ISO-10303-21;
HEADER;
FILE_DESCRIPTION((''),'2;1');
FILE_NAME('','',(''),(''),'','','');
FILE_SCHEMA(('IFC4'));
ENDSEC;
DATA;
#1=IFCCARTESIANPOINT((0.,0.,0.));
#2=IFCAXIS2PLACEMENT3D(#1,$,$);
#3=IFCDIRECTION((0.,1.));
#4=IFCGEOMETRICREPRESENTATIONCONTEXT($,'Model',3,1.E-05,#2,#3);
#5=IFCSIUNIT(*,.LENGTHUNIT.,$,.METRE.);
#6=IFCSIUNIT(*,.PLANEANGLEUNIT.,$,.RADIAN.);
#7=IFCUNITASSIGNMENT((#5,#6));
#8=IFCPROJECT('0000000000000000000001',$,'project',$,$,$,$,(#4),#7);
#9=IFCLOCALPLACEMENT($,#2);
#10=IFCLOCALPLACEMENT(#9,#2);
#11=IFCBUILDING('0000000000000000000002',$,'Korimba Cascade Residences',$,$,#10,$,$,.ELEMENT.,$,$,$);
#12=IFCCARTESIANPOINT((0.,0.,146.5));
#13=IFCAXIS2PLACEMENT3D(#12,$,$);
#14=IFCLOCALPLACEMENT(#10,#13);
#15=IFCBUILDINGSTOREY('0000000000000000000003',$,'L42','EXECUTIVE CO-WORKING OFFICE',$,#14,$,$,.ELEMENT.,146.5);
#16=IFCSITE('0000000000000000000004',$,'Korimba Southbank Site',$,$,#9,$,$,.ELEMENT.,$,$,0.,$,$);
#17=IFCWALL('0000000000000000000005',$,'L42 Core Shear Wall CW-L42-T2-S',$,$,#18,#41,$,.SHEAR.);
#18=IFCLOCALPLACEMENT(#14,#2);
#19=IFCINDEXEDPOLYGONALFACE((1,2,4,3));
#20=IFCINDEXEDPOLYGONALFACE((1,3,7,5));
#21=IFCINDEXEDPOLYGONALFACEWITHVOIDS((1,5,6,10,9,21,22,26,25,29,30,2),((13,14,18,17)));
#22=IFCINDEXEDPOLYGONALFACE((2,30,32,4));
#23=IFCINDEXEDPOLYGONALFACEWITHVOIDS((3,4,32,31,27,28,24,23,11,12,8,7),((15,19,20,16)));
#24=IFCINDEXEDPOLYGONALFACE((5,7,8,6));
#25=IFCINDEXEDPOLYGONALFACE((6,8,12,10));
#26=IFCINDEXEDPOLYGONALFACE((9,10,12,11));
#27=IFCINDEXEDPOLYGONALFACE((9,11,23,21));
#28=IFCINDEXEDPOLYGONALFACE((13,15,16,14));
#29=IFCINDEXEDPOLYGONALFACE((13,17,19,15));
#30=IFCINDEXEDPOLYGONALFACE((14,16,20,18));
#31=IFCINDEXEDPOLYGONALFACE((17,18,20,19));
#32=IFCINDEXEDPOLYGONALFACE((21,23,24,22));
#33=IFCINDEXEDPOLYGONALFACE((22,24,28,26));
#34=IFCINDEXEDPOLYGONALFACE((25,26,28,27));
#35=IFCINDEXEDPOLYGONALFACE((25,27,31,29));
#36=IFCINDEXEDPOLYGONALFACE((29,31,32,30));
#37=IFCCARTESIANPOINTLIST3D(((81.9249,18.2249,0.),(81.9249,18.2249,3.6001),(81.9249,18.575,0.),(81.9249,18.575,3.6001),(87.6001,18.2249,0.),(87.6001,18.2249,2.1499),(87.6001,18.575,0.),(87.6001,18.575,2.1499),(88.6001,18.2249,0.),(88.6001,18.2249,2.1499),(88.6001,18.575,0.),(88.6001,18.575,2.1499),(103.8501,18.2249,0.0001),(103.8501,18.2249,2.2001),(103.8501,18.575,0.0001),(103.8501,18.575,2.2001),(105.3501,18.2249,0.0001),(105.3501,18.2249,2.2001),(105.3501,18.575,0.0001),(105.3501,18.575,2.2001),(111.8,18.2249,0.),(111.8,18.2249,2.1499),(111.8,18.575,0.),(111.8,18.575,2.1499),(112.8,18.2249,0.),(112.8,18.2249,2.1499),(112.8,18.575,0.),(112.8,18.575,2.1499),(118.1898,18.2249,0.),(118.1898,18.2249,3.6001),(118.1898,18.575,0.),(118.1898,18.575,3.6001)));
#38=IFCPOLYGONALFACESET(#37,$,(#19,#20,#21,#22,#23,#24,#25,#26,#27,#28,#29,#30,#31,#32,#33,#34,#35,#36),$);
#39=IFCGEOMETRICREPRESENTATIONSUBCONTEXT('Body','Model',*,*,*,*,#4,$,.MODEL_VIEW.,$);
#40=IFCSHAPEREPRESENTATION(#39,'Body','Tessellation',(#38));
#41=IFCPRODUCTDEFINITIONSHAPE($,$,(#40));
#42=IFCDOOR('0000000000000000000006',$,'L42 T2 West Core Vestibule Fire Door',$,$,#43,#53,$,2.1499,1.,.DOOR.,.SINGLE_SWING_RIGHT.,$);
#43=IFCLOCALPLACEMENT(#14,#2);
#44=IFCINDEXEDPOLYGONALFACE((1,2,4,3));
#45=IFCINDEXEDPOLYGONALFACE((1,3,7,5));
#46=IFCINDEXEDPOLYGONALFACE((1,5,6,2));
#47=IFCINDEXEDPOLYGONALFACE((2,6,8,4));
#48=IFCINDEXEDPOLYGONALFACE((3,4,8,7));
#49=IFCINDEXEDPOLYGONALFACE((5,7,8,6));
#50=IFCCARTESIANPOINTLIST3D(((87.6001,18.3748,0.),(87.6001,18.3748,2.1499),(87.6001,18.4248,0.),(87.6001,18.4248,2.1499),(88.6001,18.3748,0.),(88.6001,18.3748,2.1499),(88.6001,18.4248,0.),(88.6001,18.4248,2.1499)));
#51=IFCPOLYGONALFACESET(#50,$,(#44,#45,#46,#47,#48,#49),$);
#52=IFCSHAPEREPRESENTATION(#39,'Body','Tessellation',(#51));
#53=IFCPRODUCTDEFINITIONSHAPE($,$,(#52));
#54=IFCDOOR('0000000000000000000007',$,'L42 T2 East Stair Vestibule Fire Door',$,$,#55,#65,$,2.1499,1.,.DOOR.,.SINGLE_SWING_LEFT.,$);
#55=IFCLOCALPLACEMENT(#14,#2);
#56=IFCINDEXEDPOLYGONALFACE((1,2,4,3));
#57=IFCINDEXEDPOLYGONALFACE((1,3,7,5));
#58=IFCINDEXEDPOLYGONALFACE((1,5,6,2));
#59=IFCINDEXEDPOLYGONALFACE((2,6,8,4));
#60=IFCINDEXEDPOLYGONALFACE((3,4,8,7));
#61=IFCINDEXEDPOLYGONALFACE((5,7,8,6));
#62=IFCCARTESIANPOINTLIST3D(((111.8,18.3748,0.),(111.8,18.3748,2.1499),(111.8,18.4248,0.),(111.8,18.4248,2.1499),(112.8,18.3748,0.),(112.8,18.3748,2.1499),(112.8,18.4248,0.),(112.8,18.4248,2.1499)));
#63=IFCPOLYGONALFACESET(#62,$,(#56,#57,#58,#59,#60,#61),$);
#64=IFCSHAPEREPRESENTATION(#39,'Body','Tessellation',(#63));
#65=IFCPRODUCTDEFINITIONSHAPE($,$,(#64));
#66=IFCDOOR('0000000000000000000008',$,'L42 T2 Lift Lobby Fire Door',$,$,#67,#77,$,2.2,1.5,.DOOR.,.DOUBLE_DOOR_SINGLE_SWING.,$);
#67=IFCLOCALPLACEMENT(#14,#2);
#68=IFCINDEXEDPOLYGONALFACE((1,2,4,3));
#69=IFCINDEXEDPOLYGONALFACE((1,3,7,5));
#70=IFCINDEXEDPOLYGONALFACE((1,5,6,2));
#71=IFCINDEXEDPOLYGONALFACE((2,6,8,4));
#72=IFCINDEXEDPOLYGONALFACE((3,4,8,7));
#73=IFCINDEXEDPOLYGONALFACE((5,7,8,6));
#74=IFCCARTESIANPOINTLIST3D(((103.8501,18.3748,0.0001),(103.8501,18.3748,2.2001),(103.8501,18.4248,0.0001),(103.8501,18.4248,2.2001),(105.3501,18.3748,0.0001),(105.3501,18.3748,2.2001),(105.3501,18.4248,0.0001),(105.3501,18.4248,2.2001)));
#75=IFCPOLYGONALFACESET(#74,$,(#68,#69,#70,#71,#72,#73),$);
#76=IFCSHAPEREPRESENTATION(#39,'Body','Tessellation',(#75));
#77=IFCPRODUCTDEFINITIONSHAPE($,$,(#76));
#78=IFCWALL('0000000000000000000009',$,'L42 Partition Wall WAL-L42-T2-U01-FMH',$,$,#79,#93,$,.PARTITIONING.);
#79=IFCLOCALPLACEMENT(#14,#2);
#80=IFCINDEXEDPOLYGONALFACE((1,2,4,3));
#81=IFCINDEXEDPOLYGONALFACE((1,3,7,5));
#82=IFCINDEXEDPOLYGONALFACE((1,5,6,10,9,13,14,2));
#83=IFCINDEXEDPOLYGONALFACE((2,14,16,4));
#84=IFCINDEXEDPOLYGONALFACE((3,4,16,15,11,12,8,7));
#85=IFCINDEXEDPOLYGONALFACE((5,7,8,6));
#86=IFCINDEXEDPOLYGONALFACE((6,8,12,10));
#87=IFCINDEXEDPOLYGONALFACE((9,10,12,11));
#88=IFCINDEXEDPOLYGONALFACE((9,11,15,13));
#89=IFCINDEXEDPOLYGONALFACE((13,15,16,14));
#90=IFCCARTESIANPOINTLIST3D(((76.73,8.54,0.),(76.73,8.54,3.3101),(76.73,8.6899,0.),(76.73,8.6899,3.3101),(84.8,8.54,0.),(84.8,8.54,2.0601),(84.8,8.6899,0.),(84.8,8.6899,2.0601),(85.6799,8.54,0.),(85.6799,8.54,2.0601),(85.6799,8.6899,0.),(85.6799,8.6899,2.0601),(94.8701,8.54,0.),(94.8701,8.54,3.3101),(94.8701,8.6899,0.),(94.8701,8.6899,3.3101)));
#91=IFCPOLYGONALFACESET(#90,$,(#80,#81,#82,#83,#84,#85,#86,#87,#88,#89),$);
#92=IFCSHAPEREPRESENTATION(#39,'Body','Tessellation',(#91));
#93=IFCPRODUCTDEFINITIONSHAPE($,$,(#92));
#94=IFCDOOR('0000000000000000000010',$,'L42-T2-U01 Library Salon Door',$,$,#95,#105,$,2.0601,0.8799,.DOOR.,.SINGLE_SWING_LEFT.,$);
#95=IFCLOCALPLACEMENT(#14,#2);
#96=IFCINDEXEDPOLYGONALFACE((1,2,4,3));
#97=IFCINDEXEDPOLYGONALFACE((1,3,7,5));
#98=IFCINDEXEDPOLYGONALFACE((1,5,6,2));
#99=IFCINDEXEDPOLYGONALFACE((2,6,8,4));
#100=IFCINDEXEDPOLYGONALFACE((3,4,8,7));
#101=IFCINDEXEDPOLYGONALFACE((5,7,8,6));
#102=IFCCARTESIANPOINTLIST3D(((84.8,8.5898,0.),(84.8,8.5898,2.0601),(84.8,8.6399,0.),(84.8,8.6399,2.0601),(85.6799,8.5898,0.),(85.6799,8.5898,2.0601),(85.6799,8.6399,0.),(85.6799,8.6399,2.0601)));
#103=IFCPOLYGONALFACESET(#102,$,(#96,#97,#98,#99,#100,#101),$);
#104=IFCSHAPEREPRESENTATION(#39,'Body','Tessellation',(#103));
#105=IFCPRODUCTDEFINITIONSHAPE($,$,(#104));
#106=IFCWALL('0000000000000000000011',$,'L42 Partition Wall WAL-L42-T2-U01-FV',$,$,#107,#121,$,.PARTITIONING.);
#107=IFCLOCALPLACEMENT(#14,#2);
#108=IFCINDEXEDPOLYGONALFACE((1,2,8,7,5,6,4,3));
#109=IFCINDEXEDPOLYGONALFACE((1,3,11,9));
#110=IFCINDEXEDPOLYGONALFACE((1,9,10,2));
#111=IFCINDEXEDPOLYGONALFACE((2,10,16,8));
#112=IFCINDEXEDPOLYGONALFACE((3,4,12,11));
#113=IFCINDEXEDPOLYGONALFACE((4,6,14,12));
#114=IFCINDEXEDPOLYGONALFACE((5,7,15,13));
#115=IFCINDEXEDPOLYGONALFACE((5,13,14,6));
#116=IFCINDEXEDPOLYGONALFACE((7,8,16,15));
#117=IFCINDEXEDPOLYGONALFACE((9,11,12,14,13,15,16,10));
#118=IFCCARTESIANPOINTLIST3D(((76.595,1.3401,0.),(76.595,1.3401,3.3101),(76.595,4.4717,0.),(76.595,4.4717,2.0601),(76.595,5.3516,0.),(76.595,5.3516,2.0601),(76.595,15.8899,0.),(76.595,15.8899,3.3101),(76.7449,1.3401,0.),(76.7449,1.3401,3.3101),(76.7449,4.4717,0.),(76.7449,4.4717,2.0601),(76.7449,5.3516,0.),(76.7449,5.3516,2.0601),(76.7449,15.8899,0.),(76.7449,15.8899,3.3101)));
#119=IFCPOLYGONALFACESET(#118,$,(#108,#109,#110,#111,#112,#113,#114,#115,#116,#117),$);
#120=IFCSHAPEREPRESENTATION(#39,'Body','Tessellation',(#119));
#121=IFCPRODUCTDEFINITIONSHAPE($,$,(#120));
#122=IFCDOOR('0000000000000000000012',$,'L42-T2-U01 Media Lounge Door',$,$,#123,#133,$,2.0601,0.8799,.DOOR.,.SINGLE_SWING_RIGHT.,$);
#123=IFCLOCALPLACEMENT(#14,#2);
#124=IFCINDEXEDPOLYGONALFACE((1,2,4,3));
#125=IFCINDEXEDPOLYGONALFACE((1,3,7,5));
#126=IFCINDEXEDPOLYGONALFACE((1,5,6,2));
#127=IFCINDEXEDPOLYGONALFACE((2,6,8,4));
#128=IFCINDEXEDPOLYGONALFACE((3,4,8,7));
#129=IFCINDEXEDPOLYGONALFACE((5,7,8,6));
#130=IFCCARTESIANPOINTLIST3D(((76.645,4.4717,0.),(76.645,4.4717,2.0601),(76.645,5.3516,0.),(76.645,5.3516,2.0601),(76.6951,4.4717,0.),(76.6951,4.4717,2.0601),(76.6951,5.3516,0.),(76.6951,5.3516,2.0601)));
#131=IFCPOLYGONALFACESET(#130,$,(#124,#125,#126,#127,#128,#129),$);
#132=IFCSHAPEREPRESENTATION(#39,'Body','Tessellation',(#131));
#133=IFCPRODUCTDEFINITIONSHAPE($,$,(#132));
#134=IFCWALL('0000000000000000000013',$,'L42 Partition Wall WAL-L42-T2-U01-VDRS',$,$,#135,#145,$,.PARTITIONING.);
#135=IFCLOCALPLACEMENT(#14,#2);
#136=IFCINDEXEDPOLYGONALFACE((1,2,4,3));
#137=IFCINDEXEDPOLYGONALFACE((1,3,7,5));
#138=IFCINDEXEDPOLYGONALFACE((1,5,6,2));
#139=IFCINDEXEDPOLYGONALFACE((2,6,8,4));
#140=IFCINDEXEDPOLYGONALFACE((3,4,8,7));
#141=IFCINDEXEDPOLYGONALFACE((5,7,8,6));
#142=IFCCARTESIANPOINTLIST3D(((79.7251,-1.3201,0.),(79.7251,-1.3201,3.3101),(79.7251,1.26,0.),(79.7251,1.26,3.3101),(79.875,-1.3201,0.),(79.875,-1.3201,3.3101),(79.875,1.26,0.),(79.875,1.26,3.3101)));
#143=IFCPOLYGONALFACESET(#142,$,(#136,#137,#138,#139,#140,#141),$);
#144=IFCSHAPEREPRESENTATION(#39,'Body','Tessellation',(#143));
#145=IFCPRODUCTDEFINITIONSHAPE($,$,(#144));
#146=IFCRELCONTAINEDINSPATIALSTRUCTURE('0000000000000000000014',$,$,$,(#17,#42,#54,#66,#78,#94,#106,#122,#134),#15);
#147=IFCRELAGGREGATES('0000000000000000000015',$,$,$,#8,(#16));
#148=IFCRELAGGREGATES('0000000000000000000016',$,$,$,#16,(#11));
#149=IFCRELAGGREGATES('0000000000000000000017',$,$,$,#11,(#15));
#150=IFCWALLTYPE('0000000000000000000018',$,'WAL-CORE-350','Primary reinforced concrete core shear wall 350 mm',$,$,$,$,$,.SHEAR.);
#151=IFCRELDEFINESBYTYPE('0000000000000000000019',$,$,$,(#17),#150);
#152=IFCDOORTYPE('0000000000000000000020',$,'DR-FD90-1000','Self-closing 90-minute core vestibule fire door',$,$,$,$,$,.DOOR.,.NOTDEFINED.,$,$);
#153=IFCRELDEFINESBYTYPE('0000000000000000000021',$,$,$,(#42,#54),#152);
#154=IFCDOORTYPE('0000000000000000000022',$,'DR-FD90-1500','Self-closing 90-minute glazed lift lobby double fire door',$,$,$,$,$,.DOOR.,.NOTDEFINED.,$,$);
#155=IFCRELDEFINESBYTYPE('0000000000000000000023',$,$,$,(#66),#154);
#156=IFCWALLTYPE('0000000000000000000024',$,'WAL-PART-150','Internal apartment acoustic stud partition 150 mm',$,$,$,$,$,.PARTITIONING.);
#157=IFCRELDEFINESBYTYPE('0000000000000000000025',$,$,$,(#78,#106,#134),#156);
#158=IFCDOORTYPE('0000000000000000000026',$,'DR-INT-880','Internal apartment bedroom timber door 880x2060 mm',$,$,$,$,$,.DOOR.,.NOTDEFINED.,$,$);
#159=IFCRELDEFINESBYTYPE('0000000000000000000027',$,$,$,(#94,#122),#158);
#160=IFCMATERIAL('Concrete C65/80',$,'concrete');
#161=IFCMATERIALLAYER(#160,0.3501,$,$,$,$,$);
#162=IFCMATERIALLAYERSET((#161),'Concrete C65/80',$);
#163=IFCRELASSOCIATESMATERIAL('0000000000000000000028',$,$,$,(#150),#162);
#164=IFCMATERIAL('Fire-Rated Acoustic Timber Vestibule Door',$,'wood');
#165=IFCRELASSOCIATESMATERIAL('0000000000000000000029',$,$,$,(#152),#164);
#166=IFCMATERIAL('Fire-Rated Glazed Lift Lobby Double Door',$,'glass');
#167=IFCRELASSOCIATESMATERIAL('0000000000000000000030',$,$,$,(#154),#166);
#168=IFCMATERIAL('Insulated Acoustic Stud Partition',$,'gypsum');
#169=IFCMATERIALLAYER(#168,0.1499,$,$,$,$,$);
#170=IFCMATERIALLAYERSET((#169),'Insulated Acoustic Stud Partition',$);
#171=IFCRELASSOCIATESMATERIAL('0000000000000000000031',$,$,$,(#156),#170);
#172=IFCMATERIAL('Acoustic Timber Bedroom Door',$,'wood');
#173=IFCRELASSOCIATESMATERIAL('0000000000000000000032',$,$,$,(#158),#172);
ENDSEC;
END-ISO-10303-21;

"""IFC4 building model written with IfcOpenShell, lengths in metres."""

from ifc_helpers import new_model, si_unit, direction, frame, frame_2d, origin, place, context, subcontext, project, spatial, rectangle, extrude, material, layer, layer_set, type_object, element, fill, save


model = new_model("IFC4")

# Units and contexts
model_context = context("Model", 3, precision=1e-05, world=origin(), true_north=direction((0.0, 1.0)))
body_context = subcontext(model_context, "Body", "Model", "MODEL_VIEW")
ifc_project = project(units=[si_unit("LENGTHUNIT", "METRE"), si_unit("PLANEANGLEUNIT", "RADIAN")], contexts=[model_context])

# Site, building, storey
site_placement = place(None, origin())
site = spatial("IfcSite", under=ifc_project, at=site_placement, Name="Korimba Southbank Site", CompositionType="ELEMENT", RefElevation=0.0)
building_placement = place(site_placement, origin())
building = spatial("IfcBuilding", under=site, at=building_placement, Name="Korimba Cascade Residences", CompositionType="ELEMENT")
storey_placement = place(building_placement, frame((0.0, 0.0, 146.5)))
storey = spatial("IfcBuildingStorey", under=building, at=storey_placement, Name="L42", Description="EXECUTIVE CO-WORKING OFFICE", CompositionType="ELEMENT", Elevation=146.5)

# Wall, openings, doors
ifc_material_1 = material(Name="Concrete C65/80", Category="concrete")
ifc_layer_1 = layer(ifc_material_1, 0.3501)
ifc_layer_set_1 = layer_set([ifc_layer_1], Name="Concrete C65/80")
wall_type_1 = type_object("IfcWallType", Name="WAL-CORE-350", Description="Primary reinforced concrete core shear wall 350 mm", PredefinedType="SHEAR", material=ifc_layer_set_1)
wall_1_placement = place(storey_placement, frame((81.925, 18.3999, 0.0), z_axis=(0.0, 0.0, 1.0), x_axis=(1.0, 0.0, 0.0)))
wall_1 = element("IfcWall", 1, at=wall_1_placement, inside=storey, type_object=wall_type_1, Name="L42 Core Shear Wall CW-L42-T2-S", PredefinedType="SHEAR", context=body_context, shape_type="SweptSolid", body=[
    extrude(rectangle(XDim=36.2649, YDim=0.3501, at=frame_2d((18.1323, 0.0))), origin(), (0.0, 0.0, 1.0), 3.6001),
])
opening_1_placement = place(wall_1_placement, frame((5.675, 0.0, 0.0)))
opening_1 = element("IfcOpeningElement", 2, at=opening_1_placement, cuts=wall_1, PredefinedType="OPENING", context=body_context, shape_type="SweptSolid", body=[
    extrude(rectangle(XDim=1.0, YDim=2.1499, at=frame_2d((0.5, 1.075))), frame((0.0, 0.1851, 0.0), z_axis=(0.0, -1.0, 0.0), x_axis=(1.0, 0.0, 0.0)), (0.0, 0.0, 1.0), 0.3701),
])
opening_2_placement = place(wall_1_placement, frame((21.925, 0.0, 0.0)))
opening_2 = element("IfcOpeningElement", 3, at=opening_2_placement, cuts=wall_1, PredefinedType="OPENING", context=body_context, shape_type="SweptSolid", body=[
    extrude(rectangle(XDim=1.5, YDim=2.2, at=frame_2d((0.75, 1.1001))), frame((0.0, 0.1851, 0.0), z_axis=(0.0, -1.0, 0.0), x_axis=(1.0, 0.0, 0.0)), (0.0, 0.0, 1.0), 0.3701),
])
opening_3_placement = place(wall_1_placement, frame((29.875, 0.0, 0.0)))
opening_3 = element("IfcOpeningElement", 4, at=opening_3_placement, cuts=wall_1, PredefinedType="OPENING", context=body_context, shape_type="SweptSolid", body=[
    extrude(rectangle(XDim=1.0, YDim=2.1499, at=frame_2d((0.5, 1.075))), frame((0.0, 0.1851, 0.0), z_axis=(0.0, -1.0, 0.0), x_axis=(1.0, 0.0, 0.0)), (0.0, 0.0, 1.0), 0.3701),
])
ifc_material_2 = material(Name="Fire-Rated Acoustic Timber Vestibule Door", Category="wood")
door_type_1 = type_object("IfcDoorType", Name="DR-FD90-1000", Description="Self-closing 90-minute core vestibule fire door", OperationType="NOTDEFINED", PredefinedType="DOOR", material=ifc_material_2)
door_1_placement = place(opening_1_placement, origin())
door_1 = element("IfcDoor", 5, at=door_1_placement, inside=storey, type_object=door_type_1, Name="L42 T2 West Core Vestibule Fire Door", OperationType="SINGLE_SWING_RIGHT", OverallHeight=2.1499, OverallWidth=1.0, PredefinedType="DOOR", context=body_context, shape_type="SweptSolid", body=[
    extrude(rectangle(XDim=1.0, YDim=2.1499, at=frame_2d((0.5, 1.075))), frame((0.0, 0.0249, 0.0), z_axis=(0.0, -1.0, 0.0), x_axis=(1.0, 0.0, 0.0)), (0.0, 0.0, 1.0), 0.05),
])
fill(opening_1, door_1)
door_2_placement = place(opening_3_placement, origin())
door_2 = element("IfcDoor", 6, at=door_2_placement, inside=storey, type_object=door_type_1, Name="L42 T2 East Stair Vestibule Fire Door", OperationType="SINGLE_SWING_LEFT", OverallHeight=2.1499, OverallWidth=1.0, PredefinedType="DOOR", context=body_context, shape_type="SweptSolid", body=[
    extrude(rectangle(XDim=1.0, YDim=2.1499, at=frame_2d((0.5, 1.075))), frame((0.0, 0.0249, 0.0), z_axis=(0.0, -1.0, 0.0), x_axis=(1.0, 0.0, 0.0)), (0.0, 0.0, 1.0), 0.05),
])
fill(opening_3, door_2)
ifc_material_3 = material(Name="Fire-Rated Glazed Lift Lobby Double Door", Category="glass")
door_type_2 = type_object("IfcDoorType", Name="DR-FD90-1500", Description="Self-closing 90-minute glazed lift lobby double fire door", OperationType="NOTDEFINED", PredefinedType="DOOR", material=ifc_material_3)
door_3_placement = place(opening_2_placement, origin())
door_3 = element("IfcDoor", 7, at=door_3_placement, inside=storey, type_object=door_type_2, Name="L42 T2 Lift Lobby Fire Door", OperationType="DOUBLE_DOOR_SINGLE_SWING", OverallHeight=2.2, OverallWidth=1.5, PredefinedType="DOOR", context=body_context, shape_type="SweptSolid", body=[
    extrude(rectangle(XDim=1.5, YDim=2.2, at=frame_2d((0.75, 1.1001))), frame((0.0, 0.0249, 0.0), z_axis=(0.0, -1.0, 0.0), x_axis=(1.0, 0.0, 0.0)), (0.0, 0.0, 1.0), 0.05),
])
fill(opening_2, door_3)

# Walls, openings, doors
ifc_material_4 = material(Name="Insulated Acoustic Stud Partition", Category="gypsum")
ifc_layer_2 = layer(ifc_material_4, 0.1499)
ifc_layer_set_2 = layer_set([ifc_layer_2], Name="Insulated Acoustic Stud Partition")
wall_type_2 = type_object("IfcWallType", Name="WAL-PART-150", Description="Internal apartment acoustic stud partition 150 mm", PredefinedType="PARTITIONING", material=ifc_layer_set_2)
wall_2_placement = place(storey_placement, frame((76.73, 8.615, 0.0), z_axis=(0.0, 0.0, 1.0), x_axis=(1.0, 0.0, 0.0)))
wall_2 = element("IfcWall", 8, at=wall_2_placement, inside=storey, type_object=wall_type_2, Name="L42 Partition Wall WAL-L42-T2-U01-FMH", PredefinedType="PARTITIONING", context=body_context, shape_type="SweptSolid", body=[
    extrude(rectangle(XDim=18.1401, YDim=0.1499, at=frame_2d((9.0701, 0.0))), origin(), (0.0, 0.0, 1.0), 3.3101),
])
opening_4_placement = place(wall_2_placement, frame((8.0701, 0.0, 0.0)))
opening_4 = element("IfcOpeningElement", 9, at=opening_4_placement, cuts=wall_2, PredefinedType="OPENING", context=body_context, shape_type="SweptSolid", body=[
    extrude(rectangle(XDim=0.8799, YDim=2.0601, at=frame_2d((0.4399, 1.03))), frame((0.0, 0.085, 0.0), z_axis=(0.0, -1.0, 0.0), x_axis=(1.0, 0.0, 0.0)), (0.0, 0.0, 1.0), 0.1699),
])
ifc_material_5 = material(Name="Acoustic Timber Bedroom Door", Category="wood")
door_type_3 = type_object("IfcDoorType", Name="DR-INT-880", Description="Internal apartment bedroom timber door 880x2060 mm", OperationType="NOTDEFINED", PredefinedType="DOOR", material=ifc_material_5)
door_4_placement = place(opening_4_placement, origin())
door_4 = element("IfcDoor", 10, at=door_4_placement, inside=storey, type_object=door_type_3, Name="L42-T2-U01 Library Salon Door", OperationType="SINGLE_SWING_LEFT", OverallHeight=2.0601, OverallWidth=0.8799, PredefinedType="DOOR", context=body_context, shape_type="SweptSolid", body=[
    extrude(rectangle(XDim=0.8799, YDim=2.0601, at=frame_2d((0.4399, 1.03))), frame((0.0, 0.0249, 0.0), z_axis=(0.0, -1.0, 0.0), x_axis=(1.0, 0.0, 0.0)), (0.0, 0.0, 1.0), 0.05),
])
fill(opening_4, door_4)
wall_3_placement = place(storey_placement, frame((76.6699, 1.3401, 0.0), z_axis=(0.0, 0.0, 1.0), x_axis=(0.0, 1.0, 0.0)))
wall_3 = element("IfcWall", 11, at=wall_3_placement, inside=storey, type_object=wall_type_2, Name="L42 Partition Wall WAL-L42-T2-U01-FV", PredefinedType="PARTITIONING", context=body_context, shape_type="SweptSolid", body=[
    extrude(rectangle(XDim=14.5498, YDim=0.1499, at=frame_2d((7.2749, 0.0))), origin(), (0.0, 0.0, 1.0), 3.3101),
])
opening_5_placement = place(wall_3_placement, frame((3.1316, 0.0, 0.0)))
opening_5 = element("IfcOpeningElement", 12, at=opening_5_placement, cuts=wall_3, PredefinedType="OPENING", context=body_context, shape_type="SweptSolid", body=[
    extrude(rectangle(XDim=0.8799, YDim=2.0601, at=frame_2d((0.4399, 1.03))), frame((0.0, 0.085, 0.0), z_axis=(0.0, -1.0, 0.0), x_axis=(1.0, 0.0, 0.0)), (0.0, 0.0, 1.0), 0.1699),
])
door_5_placement = place(opening_5_placement, origin())
door_5 = element("IfcDoor", 13, at=door_5_placement, inside=storey, type_object=door_type_3, Name="L42-T2-U01 Media Lounge Door", OperationType="SINGLE_SWING_RIGHT", OverallHeight=2.0601, OverallWidth=0.8799, PredefinedType="DOOR", context=body_context, shape_type="SweptSolid", body=[
    extrude(rectangle(XDim=0.8799, YDim=2.0601, at=frame_2d((0.4399, 1.03))), frame((0.0, 0.0249, 0.0), z_axis=(0.0, -1.0, 0.0), x_axis=(1.0, 0.0, 0.0)), (0.0, 0.0, 1.0), 0.05),
])
fill(opening_5, door_5)

# Wall
wall_4_placement = place(storey_placement, frame((79.8, -1.3201, 0.0), z_axis=(0.0, 0.0, 1.0), x_axis=(0.0, 1.0, 0.0)))
element("IfcWall", 14, at=wall_4_placement, inside=storey, type_object=wall_type_2, Name="L42 Partition Wall WAL-L42-T2-U01-VDRS", PredefinedType="PARTITIONING", context=body_context, shape_type="SweptSolid", body=[
    extrude(rectangle(XDim=2.5801, YDim=0.1499, at=frame_2d((1.29, 0.0))), origin(), (0.0, 0.0, 1.0), 3.3101),
])

save(model, "model.ifc")
